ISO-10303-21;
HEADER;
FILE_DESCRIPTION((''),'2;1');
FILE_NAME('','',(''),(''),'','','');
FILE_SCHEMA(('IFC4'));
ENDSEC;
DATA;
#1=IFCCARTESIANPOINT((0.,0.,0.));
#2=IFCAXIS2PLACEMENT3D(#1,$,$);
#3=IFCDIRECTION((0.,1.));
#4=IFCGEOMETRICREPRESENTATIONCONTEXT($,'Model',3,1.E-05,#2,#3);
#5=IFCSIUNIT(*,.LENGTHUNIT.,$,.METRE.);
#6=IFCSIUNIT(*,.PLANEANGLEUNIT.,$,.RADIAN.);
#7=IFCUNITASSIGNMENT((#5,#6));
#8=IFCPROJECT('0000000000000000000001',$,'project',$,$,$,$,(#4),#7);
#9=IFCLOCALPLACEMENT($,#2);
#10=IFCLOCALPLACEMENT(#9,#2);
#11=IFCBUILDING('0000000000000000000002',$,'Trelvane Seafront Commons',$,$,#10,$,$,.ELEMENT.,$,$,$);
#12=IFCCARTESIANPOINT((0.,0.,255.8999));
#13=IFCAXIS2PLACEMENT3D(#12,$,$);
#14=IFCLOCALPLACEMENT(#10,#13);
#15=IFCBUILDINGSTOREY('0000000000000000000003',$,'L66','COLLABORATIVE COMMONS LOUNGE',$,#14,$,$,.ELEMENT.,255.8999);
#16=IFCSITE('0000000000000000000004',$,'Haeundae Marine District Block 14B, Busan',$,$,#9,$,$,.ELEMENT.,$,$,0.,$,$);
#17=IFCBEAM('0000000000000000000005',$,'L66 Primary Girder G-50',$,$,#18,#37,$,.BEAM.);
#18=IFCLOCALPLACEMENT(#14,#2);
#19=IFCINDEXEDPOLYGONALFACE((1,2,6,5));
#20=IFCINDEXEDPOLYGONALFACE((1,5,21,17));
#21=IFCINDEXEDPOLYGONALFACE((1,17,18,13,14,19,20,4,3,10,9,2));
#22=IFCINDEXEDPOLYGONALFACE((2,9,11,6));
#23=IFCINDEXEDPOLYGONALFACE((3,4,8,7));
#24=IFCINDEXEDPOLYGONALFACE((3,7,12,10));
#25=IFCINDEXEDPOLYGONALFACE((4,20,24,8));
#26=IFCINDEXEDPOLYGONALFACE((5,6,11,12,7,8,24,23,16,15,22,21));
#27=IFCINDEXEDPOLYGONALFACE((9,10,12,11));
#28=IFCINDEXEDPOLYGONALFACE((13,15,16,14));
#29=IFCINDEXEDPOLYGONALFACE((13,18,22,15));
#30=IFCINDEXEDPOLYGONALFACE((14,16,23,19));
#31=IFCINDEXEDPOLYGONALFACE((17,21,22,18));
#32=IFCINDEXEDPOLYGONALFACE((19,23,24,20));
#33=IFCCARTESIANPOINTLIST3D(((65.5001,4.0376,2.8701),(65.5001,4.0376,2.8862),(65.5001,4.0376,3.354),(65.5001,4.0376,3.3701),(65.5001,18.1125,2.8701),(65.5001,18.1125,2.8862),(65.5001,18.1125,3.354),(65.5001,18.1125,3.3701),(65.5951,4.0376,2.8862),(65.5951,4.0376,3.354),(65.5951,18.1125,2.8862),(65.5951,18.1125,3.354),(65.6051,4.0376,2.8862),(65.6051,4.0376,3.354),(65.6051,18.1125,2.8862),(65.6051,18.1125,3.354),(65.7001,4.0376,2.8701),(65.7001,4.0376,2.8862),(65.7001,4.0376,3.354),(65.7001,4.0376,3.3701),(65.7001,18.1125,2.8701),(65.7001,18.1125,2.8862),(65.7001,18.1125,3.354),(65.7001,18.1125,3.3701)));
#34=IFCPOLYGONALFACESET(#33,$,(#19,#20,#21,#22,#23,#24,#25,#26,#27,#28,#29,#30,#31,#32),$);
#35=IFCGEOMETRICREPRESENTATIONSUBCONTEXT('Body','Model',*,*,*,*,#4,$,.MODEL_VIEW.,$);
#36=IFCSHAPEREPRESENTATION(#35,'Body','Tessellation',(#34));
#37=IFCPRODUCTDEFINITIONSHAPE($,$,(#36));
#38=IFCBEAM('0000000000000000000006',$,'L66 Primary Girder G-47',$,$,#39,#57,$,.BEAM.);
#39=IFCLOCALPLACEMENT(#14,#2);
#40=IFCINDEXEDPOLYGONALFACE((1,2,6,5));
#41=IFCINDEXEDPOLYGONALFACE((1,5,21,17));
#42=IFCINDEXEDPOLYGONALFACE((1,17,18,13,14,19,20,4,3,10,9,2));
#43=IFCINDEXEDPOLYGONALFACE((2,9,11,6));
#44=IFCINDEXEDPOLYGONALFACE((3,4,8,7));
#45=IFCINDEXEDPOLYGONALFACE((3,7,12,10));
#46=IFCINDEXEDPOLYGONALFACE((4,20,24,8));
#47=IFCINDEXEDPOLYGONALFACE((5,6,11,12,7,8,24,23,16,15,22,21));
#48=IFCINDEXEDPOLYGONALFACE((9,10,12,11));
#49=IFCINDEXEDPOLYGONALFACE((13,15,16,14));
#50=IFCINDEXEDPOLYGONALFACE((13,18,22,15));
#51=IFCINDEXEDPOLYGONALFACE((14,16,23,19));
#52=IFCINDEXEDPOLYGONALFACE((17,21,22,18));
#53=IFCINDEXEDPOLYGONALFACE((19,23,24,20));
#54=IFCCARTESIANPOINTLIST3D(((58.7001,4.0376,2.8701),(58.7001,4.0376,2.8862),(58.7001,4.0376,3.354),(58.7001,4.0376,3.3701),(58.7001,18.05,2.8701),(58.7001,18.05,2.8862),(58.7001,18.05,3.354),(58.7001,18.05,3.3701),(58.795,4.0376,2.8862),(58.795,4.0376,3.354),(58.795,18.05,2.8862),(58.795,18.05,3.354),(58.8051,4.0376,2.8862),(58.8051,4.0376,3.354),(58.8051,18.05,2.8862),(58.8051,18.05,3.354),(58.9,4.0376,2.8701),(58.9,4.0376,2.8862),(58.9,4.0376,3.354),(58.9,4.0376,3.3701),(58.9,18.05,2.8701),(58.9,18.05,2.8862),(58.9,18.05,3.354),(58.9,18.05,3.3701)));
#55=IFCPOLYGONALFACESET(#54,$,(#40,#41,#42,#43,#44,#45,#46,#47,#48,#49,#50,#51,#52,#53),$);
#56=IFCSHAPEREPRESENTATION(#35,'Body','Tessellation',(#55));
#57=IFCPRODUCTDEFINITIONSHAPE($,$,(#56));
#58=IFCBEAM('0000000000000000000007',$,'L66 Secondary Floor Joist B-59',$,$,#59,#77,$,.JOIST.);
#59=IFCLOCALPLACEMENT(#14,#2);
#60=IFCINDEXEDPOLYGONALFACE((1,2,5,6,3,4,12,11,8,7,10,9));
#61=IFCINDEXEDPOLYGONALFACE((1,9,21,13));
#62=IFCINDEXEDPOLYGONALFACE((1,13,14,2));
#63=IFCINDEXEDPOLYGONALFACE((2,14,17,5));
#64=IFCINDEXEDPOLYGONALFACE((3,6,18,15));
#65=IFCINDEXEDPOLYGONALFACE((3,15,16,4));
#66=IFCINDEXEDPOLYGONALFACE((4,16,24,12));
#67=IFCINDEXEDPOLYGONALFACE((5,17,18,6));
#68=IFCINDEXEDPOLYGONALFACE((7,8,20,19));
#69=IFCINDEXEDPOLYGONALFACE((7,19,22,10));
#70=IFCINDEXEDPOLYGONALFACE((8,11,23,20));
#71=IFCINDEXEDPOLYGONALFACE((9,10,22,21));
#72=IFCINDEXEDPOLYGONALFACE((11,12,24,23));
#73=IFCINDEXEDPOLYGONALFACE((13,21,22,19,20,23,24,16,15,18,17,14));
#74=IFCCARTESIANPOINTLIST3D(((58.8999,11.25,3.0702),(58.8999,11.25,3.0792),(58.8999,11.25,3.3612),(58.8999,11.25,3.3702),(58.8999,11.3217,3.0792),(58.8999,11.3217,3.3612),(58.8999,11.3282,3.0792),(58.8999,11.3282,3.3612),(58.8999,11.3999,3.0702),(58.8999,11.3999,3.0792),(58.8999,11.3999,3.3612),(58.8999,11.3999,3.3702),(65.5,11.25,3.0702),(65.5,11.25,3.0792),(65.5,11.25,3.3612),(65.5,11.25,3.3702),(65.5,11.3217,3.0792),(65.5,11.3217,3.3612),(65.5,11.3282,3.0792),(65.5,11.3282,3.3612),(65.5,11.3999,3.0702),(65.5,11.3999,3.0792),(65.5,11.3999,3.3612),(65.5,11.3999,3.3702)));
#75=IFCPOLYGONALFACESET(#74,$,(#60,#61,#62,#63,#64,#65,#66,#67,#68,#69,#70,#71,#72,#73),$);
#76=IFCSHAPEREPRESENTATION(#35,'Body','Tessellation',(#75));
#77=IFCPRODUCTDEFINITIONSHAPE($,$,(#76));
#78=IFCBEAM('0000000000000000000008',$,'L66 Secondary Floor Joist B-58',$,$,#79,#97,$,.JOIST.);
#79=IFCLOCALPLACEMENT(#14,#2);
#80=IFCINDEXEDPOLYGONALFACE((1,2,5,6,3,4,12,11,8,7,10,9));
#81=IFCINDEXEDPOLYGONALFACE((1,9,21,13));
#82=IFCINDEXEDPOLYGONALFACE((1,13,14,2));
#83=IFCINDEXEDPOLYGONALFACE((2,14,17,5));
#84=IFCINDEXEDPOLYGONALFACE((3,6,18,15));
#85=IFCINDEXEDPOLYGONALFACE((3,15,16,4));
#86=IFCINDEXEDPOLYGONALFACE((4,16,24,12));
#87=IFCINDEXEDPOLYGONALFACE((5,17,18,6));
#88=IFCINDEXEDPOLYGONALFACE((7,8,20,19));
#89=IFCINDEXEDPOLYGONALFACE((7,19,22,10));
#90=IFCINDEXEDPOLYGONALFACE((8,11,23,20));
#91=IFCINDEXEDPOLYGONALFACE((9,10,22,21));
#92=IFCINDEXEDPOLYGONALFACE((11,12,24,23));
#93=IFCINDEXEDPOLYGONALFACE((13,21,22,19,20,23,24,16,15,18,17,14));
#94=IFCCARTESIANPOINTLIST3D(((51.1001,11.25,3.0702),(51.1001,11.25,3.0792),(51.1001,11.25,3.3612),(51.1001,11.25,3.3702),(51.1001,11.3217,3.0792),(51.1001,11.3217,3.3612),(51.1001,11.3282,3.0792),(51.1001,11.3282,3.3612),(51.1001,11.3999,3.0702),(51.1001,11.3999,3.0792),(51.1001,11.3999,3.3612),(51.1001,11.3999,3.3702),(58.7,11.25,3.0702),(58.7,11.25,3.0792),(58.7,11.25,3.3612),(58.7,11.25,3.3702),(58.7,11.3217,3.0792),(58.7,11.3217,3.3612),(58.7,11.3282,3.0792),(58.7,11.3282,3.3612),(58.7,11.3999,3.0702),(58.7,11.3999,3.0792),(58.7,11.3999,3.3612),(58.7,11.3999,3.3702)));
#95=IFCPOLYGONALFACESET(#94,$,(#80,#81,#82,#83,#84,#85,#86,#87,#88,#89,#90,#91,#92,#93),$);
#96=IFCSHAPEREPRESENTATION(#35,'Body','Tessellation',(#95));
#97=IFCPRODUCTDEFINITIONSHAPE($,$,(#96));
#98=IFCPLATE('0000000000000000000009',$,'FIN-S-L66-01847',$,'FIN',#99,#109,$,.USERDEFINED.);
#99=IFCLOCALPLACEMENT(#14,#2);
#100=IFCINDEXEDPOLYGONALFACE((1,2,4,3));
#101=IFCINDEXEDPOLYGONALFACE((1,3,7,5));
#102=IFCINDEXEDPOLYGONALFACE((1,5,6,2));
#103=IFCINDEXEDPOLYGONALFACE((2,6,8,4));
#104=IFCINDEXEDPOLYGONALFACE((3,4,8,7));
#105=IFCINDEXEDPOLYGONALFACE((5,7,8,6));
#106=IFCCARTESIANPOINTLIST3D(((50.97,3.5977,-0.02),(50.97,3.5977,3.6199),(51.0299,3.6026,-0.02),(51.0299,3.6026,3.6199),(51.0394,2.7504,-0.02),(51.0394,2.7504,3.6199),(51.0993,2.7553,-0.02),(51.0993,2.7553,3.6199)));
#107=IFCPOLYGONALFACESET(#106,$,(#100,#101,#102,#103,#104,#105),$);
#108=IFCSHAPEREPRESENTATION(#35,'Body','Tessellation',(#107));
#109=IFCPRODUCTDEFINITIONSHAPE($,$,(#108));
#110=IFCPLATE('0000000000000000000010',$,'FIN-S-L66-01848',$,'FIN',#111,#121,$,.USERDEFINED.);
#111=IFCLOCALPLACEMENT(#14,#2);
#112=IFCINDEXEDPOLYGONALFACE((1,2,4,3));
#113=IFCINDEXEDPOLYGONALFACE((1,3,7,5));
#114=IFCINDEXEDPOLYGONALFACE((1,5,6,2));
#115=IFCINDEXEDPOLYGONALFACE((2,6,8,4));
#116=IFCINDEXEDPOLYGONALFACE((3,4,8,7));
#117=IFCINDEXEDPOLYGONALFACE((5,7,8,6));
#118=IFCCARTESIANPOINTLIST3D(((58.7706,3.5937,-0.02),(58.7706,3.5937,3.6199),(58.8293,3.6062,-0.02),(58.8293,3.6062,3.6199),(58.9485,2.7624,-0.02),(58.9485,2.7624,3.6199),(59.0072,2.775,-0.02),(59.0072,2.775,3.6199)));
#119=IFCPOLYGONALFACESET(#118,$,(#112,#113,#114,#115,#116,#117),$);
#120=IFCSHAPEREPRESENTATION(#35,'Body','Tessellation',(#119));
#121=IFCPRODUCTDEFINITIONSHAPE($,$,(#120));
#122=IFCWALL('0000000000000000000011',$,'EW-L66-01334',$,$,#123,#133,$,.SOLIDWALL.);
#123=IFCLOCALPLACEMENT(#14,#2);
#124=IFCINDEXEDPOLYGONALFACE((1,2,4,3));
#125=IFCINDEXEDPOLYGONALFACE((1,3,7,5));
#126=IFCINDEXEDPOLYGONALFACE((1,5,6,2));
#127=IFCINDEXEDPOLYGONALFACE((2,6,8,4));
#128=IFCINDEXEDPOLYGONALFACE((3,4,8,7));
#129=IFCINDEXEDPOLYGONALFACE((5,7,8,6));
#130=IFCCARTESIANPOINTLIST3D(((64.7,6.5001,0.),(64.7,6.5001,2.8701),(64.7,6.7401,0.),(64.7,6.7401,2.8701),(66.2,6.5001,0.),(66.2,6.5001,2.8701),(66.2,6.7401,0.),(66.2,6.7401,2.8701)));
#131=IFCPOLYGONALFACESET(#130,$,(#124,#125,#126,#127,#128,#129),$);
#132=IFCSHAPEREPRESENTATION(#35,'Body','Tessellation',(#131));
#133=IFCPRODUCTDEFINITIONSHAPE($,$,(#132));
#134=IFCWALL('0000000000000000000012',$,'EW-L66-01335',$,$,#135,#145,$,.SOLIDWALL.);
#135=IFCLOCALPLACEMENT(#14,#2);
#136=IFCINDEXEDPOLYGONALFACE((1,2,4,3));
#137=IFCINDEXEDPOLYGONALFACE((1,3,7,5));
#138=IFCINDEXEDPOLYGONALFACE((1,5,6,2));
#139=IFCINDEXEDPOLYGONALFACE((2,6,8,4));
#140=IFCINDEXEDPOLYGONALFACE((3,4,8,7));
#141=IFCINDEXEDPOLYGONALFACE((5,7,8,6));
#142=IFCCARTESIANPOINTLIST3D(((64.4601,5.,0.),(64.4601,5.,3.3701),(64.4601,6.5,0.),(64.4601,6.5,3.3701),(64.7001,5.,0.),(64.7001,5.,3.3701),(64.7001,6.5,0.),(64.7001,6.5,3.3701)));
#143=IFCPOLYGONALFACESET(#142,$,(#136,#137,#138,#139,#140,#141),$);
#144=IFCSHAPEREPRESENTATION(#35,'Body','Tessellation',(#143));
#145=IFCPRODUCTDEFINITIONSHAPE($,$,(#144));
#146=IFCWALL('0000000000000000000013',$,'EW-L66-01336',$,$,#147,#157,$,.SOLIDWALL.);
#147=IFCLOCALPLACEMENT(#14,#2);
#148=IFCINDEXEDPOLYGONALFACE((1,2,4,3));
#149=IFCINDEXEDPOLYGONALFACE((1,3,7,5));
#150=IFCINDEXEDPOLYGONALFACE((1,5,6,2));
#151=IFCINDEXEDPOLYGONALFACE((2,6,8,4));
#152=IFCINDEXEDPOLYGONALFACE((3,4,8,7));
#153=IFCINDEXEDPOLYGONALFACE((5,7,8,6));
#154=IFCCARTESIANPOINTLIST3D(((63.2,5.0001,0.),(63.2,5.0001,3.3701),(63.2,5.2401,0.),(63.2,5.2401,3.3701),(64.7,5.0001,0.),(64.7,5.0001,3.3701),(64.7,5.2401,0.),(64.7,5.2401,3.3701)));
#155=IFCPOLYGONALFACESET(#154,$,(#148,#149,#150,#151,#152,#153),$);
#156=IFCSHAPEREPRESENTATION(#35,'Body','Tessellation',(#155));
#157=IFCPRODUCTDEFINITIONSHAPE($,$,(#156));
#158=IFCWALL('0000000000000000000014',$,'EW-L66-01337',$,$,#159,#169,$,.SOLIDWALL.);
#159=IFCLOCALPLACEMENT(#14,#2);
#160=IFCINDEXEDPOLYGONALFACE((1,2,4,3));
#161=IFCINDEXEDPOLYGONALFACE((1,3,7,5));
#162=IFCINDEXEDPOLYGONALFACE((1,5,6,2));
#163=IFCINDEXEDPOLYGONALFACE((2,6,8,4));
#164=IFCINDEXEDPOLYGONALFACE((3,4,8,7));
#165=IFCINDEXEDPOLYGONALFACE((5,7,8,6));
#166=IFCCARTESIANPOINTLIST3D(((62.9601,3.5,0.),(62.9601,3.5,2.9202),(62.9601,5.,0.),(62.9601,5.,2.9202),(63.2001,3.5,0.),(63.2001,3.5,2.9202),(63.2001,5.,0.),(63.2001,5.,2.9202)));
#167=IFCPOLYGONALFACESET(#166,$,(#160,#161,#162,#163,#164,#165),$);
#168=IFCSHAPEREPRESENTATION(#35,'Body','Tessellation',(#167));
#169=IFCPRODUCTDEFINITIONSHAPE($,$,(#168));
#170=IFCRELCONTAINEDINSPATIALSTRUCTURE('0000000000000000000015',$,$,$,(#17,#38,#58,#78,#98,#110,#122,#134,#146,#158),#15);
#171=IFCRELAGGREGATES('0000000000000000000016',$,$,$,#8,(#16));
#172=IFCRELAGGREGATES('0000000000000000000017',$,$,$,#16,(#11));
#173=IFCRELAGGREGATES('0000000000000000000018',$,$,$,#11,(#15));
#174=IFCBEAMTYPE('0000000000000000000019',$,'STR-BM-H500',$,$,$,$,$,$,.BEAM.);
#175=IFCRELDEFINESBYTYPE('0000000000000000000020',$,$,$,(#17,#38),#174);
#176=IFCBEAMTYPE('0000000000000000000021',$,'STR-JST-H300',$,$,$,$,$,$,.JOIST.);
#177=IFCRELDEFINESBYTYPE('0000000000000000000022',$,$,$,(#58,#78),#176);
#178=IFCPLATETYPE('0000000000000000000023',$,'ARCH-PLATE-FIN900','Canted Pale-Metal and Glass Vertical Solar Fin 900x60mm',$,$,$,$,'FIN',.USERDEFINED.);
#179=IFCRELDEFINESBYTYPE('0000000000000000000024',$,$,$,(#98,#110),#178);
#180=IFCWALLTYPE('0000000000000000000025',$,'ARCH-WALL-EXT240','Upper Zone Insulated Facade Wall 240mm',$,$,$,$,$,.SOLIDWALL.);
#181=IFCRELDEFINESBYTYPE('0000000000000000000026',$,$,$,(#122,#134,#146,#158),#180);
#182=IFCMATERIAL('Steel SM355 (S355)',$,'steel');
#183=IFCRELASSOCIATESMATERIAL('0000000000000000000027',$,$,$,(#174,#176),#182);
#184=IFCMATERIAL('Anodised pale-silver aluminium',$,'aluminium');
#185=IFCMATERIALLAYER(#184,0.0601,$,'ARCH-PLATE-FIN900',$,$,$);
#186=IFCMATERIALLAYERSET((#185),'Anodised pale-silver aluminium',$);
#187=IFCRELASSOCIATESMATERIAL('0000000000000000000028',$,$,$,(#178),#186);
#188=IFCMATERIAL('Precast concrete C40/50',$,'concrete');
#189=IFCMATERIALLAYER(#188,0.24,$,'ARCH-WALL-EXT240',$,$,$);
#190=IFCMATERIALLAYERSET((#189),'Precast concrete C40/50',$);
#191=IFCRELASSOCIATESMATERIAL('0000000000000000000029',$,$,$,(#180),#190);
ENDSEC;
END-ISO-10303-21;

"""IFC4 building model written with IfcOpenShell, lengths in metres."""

from ifc_helpers import new_model, si_unit, direction, frame, frame_2d, origin, origin_2d, place, context, subcontext, project, spatial, rectangle, i_section, extrude, source, transform, mapped, material, layer, layer_set, material_profile, profile_set, type_object, element, save


model = new_model("IFC4")

# Units and contexts
model_context = context("Model", 3, precision=1e-05, world=origin(), true_north=direction((0.0, 1.0)))
body_context = subcontext(model_context, "Body", "Model", "MODEL_VIEW")
ifc_project = project(units=[si_unit("LENGTHUNIT", "METRE"), si_unit("PLANEANGLEUNIT", "RADIAN")], contexts=[model_context])

# Site, building, storey
site_placement = place(None, origin())
site = spatial("IfcSite", under=ifc_project, at=site_placement, Name="Haeundae Marine District Block 14B, Busan", CompositionType="ELEMENT", RefElevation=0.0)
building_placement = place(site_placement, origin())
building = spatial("IfcBuilding", under=site, at=building_placement, Name="Trelvane Seafront Commons", CompositionType="ELEMENT")
storey_placement = place(building_placement, frame((0.0, 0.0, 255.8999)))
storey = spatial("IfcBuildingStorey", under=building, at=storey_placement, Name="L66", Description="COLLABORATIVE COMMONS LOUNGE", CompositionType="ELEMENT", Elevation=255.8999)

# Shared definitions
ifc_material_1 = material(Name="Steel SM355 (S355)", Category="steel")

# Beams
ifc_material_profile_1 = material_profile(ifc_material_1, i_section(OverallWidth=0.2, OverallDepth=0.5, WebThickness=0.01, FlangeThickness=0.0161, at=origin_2d()), Name="H-500x200x10x16")
ifc_profile_set_1 = profile_set([ifc_material_profile_1], Name="Steel SM355 (S355)")
beam_type_1 = type_object("IfcBeamType", Name="STR-BM-H500", PredefinedType="BEAM", material=ifc_profile_set_1)
shared_shape_1 = source(origin(), body_context, "Body", "SweptSolid", [
    extrude(i_section(OverallWidth=0.2, OverallDepth=0.5, WebThickness=0.01, FlangeThickness=0.0161, at=origin_2d()), origin(), (0.0, 0.0, 1.0), 14.075),
])
beam_1_placement = place(storey_placement, frame((65.6001, 4.0376, 3.1201), z_axis=(0.0, 1.0, 0.0), x_axis=(-1.0, 0.0, 0.0)))
element("IfcBeam", 1, at=beam_1_placement, inside=storey, type_object=beam_type_1, Name="L66 Primary Girder G-50", PredefinedType="BEAM", context=body_context, shape_type="MappedRepresentation", body=[
    mapped(shared_shape_1, transform((0.0, 0.0, 0.0), x_axis=(1.0, 0.0, 0.0), y_axis=(0.0, 1.0, 0.0), z_axis=(0.0, 0.0, 1.0), scale=1.0)),
])
shared_shape_2 = source(origin(), body_context, "Body", "SweptSolid", [
    extrude(i_section(OverallWidth=0.2, OverallDepth=0.5, WebThickness=0.01, FlangeThickness=0.0161, at=origin_2d()), origin(), (0.0, 0.0, 1.0), 14.0125),
])
beam_2_placement = place(storey_placement, frame((58.8, 4.0376, 3.1201), z_axis=(0.0, 1.0, 0.0), x_axis=(-1.0, 0.0, 0.0)))
element("IfcBeam", 2, at=beam_2_placement, inside=storey, type_object=beam_type_1, Name="L66 Primary Girder G-47", PredefinedType="BEAM", context=body_context, shape_type="MappedRepresentation", body=[
    mapped(shared_shape_2, transform((0.0, 0.0, 0.0), x_axis=(1.0, 0.0, 0.0), y_axis=(0.0, 1.0, 0.0), z_axis=(0.0, 0.0, 1.0), scale=1.0)),
])
ifc_material_profile_2 = material_profile(ifc_material_1, i_section(OverallWidth=0.1499, OverallDepth=0.3, WebThickness=0.0066, FlangeThickness=0.009, at=origin_2d()), Name="H-300x150x6.5x9")
ifc_profile_set_2 = profile_set([ifc_material_profile_2], Name="Steel SM355 (S355)")
beam_type_2 = type_object("IfcBeamType", Name="STR-JST-H300", PredefinedType="JOIST", material=ifc_profile_set_2)
shared_shape_3 = source(origin(), body_context, "Body", "SweptSolid", [
    extrude(i_section(OverallWidth=0.1499, OverallDepth=0.3, WebThickness=0.0066, FlangeThickness=0.009, at=origin_2d()), origin(), (0.0, 0.0, 1.0), 6.6001),
])
beam_3_placement = place(storey_placement, frame((58.8999, 11.325, 3.2202), z_axis=(1.0, 0.0, 0.0), x_axis=(0.0, 1.0, 0.0)))
element("IfcBeam", 3, at=beam_3_placement, inside=storey, type_object=beam_type_2, Name="L66 Secondary Floor Joist B-59", PredefinedType="JOIST", context=body_context, shape_type="MappedRepresentation", body=[
    mapped(shared_shape_3, transform((0.0, 0.0, 0.0), x_axis=(1.0, 0.0, 0.0), y_axis=(0.0, 1.0, 0.0), z_axis=(0.0, 0.0, 1.0), scale=1.0)),
])
shared_shape_4 = source(origin(), body_context, "Body", "SweptSolid", [
    extrude(i_section(OverallWidth=0.1499, OverallDepth=0.3, WebThickness=0.0066, FlangeThickness=0.009, at=origin_2d()), origin(), (0.0, 0.0, 1.0), 7.5999),
])
beam_4_placement = place(storey_placement, frame((51.1001, 11.325, 3.2202), z_axis=(1.0, 0.0, 0.0), x_axis=(0.0, 1.0, 0.0)))
element("IfcBeam", 4, at=beam_4_placement, inside=storey, type_object=beam_type_2, Name="L66 Secondary Floor Joist B-58", PredefinedType="JOIST", context=body_context, shape_type="MappedRepresentation", body=[
    mapped(shared_shape_4, transform((0.0, 0.0, 0.0), x_axis=(1.0, 0.0, 0.0), y_axis=(0.0, 1.0, 0.0), z_axis=(0.0, 0.0, 1.0), scale=1.0)),
])

# Plates
ifc_material_2 = material(Name="Anodised pale-silver aluminium", Category="aluminium")
ifc_layer_1 = layer(ifc_material_2, 0.0601, Name="ARCH-PLATE-FIN900")
ifc_layer_set_1 = layer_set([ifc_layer_1], Name="Anodised pale-silver aluminium")
plate_type = type_object("IfcPlateType", Name="ARCH-PLATE-FIN900", Description="Canted Pale-Metal and Glass Vertical Solar Fin 900x60mm", ElementType="FIN", PredefinedType="USERDEFINED", material=ifc_layer_set_1)
shared_shape_5 = source(origin(), body_context, "Body", "SweptSolid", [
    extrude(rectangle(XDim=0.8501, YDim=0.0601, at=origin_2d()), origin(), (0.0, 0.0, 1.0), 3.6399),
])
for number, where, z_axis, x_axis, name in (
    (5, (51.0347, 3.1765, -0.02), (0.0, 0.0, 1.0), (0.081643, -0.996662, 0.0), "FIN-S-L66-01847"),
    (6, (58.8889, 3.1843, -0.02), (0.0, 0.0, 1.0), (0.209287, -0.977854, 0.0), "FIN-S-L66-01848"),
):
    element("IfcPlate", number, at=place(storey_placement, frame(where, z_axis=z_axis, x_axis=x_axis)), inside=storey, type_object=plate_type, Name=name, ObjectType="FIN", PredefinedType="USERDEFINED", context=body_context, shape_type="MappedRepresentation", body=[
        mapped(shared_shape_5, transform((0.0, 0.0, 0.0), x_axis=(1.0, 0.0, 0.0), y_axis=(0.0, 1.0, 0.0), z_axis=(0.0, 0.0, 1.0), scale=1.0)),
    ])

# Walls
ifc_material_3 = material(Name="Precast concrete C40/50", Category="concrete")
ifc_layer_2 = layer(ifc_material_3, 0.24, Name="ARCH-WALL-EXT240")
ifc_layer_set_2 = layer_set([ifc_layer_2], Name="Precast concrete C40/50")
wall_type_1 = type_object("IfcWallType", Name="ARCH-WALL-EXT240", Description="Upper Zone Insulated Facade Wall 240mm", PredefinedType="SOLIDWALL", material=ifc_layer_set_2)
wall_1_placement = place(storey_placement, frame((66.2, 6.6201, 0.0), z_axis=(0.0, 0.0, 1.0), x_axis=(-1.0, 0.0, 0.0)))
element("IfcWall", 7, at=wall_1_placement, inside=storey, type_object=wall_type_1, Name="EW-L66-01334", PredefinedType="SOLIDWALL", context=body_context, shape_type="SweptSolid", body=[
    extrude(rectangle(XDim=1.5, YDim=0.24, at=frame_2d((0.75, 0.0))), origin(), (0.0, 0.0, 1.0), 2.8701),
])
for number, where, z_axis, x_axis, name in (
    (8, (64.5801, 6.5, 0.0), (0.0, 0.0, 1.0), (0.0, -1.0, 0.0), "EW-L66-01335"),
    (9, (64.7, 5.1201, 0.0), (0.0, 0.0, 1.0), (-1.0, 0.0, 0.0), "EW-L66-01336"),
):
    element("IfcWall", number, at=place(storey_placement, frame(where, z_axis=z_axis, x_axis=x_axis)), inside=storey, type_object=wall_type_1, Name=name, PredefinedType="SOLIDWALL", context=body_context, shape_type="SweptSolid", body=[
        extrude(rectangle(XDim=1.5, YDim=0.24, at=frame_2d((0.75, 0.0))), origin(), (0.0, 0.0, 1.0), 3.3701),
    ])
wall_2_placement = place(storey_placement, frame((63.0801, 5.0, 0.0), z_axis=(0.0, 0.0, 1.0), x_axis=(0.0, -1.0, 0.0)))
element("IfcWall", 10, at=wall_2_placement, inside=storey, type_object=wall_type_1, Name="EW-L66-01337", PredefinedType="SOLIDWALL", context=body_context, shape_type="SweptSolid", body=[
    extrude(rectangle(XDim=1.5, YDim=0.24, at=frame_2d((0.75, 0.0))), origin(), (0.0, 0.0, 1.0), 2.9202),
])

save(model, "model.ifc")
